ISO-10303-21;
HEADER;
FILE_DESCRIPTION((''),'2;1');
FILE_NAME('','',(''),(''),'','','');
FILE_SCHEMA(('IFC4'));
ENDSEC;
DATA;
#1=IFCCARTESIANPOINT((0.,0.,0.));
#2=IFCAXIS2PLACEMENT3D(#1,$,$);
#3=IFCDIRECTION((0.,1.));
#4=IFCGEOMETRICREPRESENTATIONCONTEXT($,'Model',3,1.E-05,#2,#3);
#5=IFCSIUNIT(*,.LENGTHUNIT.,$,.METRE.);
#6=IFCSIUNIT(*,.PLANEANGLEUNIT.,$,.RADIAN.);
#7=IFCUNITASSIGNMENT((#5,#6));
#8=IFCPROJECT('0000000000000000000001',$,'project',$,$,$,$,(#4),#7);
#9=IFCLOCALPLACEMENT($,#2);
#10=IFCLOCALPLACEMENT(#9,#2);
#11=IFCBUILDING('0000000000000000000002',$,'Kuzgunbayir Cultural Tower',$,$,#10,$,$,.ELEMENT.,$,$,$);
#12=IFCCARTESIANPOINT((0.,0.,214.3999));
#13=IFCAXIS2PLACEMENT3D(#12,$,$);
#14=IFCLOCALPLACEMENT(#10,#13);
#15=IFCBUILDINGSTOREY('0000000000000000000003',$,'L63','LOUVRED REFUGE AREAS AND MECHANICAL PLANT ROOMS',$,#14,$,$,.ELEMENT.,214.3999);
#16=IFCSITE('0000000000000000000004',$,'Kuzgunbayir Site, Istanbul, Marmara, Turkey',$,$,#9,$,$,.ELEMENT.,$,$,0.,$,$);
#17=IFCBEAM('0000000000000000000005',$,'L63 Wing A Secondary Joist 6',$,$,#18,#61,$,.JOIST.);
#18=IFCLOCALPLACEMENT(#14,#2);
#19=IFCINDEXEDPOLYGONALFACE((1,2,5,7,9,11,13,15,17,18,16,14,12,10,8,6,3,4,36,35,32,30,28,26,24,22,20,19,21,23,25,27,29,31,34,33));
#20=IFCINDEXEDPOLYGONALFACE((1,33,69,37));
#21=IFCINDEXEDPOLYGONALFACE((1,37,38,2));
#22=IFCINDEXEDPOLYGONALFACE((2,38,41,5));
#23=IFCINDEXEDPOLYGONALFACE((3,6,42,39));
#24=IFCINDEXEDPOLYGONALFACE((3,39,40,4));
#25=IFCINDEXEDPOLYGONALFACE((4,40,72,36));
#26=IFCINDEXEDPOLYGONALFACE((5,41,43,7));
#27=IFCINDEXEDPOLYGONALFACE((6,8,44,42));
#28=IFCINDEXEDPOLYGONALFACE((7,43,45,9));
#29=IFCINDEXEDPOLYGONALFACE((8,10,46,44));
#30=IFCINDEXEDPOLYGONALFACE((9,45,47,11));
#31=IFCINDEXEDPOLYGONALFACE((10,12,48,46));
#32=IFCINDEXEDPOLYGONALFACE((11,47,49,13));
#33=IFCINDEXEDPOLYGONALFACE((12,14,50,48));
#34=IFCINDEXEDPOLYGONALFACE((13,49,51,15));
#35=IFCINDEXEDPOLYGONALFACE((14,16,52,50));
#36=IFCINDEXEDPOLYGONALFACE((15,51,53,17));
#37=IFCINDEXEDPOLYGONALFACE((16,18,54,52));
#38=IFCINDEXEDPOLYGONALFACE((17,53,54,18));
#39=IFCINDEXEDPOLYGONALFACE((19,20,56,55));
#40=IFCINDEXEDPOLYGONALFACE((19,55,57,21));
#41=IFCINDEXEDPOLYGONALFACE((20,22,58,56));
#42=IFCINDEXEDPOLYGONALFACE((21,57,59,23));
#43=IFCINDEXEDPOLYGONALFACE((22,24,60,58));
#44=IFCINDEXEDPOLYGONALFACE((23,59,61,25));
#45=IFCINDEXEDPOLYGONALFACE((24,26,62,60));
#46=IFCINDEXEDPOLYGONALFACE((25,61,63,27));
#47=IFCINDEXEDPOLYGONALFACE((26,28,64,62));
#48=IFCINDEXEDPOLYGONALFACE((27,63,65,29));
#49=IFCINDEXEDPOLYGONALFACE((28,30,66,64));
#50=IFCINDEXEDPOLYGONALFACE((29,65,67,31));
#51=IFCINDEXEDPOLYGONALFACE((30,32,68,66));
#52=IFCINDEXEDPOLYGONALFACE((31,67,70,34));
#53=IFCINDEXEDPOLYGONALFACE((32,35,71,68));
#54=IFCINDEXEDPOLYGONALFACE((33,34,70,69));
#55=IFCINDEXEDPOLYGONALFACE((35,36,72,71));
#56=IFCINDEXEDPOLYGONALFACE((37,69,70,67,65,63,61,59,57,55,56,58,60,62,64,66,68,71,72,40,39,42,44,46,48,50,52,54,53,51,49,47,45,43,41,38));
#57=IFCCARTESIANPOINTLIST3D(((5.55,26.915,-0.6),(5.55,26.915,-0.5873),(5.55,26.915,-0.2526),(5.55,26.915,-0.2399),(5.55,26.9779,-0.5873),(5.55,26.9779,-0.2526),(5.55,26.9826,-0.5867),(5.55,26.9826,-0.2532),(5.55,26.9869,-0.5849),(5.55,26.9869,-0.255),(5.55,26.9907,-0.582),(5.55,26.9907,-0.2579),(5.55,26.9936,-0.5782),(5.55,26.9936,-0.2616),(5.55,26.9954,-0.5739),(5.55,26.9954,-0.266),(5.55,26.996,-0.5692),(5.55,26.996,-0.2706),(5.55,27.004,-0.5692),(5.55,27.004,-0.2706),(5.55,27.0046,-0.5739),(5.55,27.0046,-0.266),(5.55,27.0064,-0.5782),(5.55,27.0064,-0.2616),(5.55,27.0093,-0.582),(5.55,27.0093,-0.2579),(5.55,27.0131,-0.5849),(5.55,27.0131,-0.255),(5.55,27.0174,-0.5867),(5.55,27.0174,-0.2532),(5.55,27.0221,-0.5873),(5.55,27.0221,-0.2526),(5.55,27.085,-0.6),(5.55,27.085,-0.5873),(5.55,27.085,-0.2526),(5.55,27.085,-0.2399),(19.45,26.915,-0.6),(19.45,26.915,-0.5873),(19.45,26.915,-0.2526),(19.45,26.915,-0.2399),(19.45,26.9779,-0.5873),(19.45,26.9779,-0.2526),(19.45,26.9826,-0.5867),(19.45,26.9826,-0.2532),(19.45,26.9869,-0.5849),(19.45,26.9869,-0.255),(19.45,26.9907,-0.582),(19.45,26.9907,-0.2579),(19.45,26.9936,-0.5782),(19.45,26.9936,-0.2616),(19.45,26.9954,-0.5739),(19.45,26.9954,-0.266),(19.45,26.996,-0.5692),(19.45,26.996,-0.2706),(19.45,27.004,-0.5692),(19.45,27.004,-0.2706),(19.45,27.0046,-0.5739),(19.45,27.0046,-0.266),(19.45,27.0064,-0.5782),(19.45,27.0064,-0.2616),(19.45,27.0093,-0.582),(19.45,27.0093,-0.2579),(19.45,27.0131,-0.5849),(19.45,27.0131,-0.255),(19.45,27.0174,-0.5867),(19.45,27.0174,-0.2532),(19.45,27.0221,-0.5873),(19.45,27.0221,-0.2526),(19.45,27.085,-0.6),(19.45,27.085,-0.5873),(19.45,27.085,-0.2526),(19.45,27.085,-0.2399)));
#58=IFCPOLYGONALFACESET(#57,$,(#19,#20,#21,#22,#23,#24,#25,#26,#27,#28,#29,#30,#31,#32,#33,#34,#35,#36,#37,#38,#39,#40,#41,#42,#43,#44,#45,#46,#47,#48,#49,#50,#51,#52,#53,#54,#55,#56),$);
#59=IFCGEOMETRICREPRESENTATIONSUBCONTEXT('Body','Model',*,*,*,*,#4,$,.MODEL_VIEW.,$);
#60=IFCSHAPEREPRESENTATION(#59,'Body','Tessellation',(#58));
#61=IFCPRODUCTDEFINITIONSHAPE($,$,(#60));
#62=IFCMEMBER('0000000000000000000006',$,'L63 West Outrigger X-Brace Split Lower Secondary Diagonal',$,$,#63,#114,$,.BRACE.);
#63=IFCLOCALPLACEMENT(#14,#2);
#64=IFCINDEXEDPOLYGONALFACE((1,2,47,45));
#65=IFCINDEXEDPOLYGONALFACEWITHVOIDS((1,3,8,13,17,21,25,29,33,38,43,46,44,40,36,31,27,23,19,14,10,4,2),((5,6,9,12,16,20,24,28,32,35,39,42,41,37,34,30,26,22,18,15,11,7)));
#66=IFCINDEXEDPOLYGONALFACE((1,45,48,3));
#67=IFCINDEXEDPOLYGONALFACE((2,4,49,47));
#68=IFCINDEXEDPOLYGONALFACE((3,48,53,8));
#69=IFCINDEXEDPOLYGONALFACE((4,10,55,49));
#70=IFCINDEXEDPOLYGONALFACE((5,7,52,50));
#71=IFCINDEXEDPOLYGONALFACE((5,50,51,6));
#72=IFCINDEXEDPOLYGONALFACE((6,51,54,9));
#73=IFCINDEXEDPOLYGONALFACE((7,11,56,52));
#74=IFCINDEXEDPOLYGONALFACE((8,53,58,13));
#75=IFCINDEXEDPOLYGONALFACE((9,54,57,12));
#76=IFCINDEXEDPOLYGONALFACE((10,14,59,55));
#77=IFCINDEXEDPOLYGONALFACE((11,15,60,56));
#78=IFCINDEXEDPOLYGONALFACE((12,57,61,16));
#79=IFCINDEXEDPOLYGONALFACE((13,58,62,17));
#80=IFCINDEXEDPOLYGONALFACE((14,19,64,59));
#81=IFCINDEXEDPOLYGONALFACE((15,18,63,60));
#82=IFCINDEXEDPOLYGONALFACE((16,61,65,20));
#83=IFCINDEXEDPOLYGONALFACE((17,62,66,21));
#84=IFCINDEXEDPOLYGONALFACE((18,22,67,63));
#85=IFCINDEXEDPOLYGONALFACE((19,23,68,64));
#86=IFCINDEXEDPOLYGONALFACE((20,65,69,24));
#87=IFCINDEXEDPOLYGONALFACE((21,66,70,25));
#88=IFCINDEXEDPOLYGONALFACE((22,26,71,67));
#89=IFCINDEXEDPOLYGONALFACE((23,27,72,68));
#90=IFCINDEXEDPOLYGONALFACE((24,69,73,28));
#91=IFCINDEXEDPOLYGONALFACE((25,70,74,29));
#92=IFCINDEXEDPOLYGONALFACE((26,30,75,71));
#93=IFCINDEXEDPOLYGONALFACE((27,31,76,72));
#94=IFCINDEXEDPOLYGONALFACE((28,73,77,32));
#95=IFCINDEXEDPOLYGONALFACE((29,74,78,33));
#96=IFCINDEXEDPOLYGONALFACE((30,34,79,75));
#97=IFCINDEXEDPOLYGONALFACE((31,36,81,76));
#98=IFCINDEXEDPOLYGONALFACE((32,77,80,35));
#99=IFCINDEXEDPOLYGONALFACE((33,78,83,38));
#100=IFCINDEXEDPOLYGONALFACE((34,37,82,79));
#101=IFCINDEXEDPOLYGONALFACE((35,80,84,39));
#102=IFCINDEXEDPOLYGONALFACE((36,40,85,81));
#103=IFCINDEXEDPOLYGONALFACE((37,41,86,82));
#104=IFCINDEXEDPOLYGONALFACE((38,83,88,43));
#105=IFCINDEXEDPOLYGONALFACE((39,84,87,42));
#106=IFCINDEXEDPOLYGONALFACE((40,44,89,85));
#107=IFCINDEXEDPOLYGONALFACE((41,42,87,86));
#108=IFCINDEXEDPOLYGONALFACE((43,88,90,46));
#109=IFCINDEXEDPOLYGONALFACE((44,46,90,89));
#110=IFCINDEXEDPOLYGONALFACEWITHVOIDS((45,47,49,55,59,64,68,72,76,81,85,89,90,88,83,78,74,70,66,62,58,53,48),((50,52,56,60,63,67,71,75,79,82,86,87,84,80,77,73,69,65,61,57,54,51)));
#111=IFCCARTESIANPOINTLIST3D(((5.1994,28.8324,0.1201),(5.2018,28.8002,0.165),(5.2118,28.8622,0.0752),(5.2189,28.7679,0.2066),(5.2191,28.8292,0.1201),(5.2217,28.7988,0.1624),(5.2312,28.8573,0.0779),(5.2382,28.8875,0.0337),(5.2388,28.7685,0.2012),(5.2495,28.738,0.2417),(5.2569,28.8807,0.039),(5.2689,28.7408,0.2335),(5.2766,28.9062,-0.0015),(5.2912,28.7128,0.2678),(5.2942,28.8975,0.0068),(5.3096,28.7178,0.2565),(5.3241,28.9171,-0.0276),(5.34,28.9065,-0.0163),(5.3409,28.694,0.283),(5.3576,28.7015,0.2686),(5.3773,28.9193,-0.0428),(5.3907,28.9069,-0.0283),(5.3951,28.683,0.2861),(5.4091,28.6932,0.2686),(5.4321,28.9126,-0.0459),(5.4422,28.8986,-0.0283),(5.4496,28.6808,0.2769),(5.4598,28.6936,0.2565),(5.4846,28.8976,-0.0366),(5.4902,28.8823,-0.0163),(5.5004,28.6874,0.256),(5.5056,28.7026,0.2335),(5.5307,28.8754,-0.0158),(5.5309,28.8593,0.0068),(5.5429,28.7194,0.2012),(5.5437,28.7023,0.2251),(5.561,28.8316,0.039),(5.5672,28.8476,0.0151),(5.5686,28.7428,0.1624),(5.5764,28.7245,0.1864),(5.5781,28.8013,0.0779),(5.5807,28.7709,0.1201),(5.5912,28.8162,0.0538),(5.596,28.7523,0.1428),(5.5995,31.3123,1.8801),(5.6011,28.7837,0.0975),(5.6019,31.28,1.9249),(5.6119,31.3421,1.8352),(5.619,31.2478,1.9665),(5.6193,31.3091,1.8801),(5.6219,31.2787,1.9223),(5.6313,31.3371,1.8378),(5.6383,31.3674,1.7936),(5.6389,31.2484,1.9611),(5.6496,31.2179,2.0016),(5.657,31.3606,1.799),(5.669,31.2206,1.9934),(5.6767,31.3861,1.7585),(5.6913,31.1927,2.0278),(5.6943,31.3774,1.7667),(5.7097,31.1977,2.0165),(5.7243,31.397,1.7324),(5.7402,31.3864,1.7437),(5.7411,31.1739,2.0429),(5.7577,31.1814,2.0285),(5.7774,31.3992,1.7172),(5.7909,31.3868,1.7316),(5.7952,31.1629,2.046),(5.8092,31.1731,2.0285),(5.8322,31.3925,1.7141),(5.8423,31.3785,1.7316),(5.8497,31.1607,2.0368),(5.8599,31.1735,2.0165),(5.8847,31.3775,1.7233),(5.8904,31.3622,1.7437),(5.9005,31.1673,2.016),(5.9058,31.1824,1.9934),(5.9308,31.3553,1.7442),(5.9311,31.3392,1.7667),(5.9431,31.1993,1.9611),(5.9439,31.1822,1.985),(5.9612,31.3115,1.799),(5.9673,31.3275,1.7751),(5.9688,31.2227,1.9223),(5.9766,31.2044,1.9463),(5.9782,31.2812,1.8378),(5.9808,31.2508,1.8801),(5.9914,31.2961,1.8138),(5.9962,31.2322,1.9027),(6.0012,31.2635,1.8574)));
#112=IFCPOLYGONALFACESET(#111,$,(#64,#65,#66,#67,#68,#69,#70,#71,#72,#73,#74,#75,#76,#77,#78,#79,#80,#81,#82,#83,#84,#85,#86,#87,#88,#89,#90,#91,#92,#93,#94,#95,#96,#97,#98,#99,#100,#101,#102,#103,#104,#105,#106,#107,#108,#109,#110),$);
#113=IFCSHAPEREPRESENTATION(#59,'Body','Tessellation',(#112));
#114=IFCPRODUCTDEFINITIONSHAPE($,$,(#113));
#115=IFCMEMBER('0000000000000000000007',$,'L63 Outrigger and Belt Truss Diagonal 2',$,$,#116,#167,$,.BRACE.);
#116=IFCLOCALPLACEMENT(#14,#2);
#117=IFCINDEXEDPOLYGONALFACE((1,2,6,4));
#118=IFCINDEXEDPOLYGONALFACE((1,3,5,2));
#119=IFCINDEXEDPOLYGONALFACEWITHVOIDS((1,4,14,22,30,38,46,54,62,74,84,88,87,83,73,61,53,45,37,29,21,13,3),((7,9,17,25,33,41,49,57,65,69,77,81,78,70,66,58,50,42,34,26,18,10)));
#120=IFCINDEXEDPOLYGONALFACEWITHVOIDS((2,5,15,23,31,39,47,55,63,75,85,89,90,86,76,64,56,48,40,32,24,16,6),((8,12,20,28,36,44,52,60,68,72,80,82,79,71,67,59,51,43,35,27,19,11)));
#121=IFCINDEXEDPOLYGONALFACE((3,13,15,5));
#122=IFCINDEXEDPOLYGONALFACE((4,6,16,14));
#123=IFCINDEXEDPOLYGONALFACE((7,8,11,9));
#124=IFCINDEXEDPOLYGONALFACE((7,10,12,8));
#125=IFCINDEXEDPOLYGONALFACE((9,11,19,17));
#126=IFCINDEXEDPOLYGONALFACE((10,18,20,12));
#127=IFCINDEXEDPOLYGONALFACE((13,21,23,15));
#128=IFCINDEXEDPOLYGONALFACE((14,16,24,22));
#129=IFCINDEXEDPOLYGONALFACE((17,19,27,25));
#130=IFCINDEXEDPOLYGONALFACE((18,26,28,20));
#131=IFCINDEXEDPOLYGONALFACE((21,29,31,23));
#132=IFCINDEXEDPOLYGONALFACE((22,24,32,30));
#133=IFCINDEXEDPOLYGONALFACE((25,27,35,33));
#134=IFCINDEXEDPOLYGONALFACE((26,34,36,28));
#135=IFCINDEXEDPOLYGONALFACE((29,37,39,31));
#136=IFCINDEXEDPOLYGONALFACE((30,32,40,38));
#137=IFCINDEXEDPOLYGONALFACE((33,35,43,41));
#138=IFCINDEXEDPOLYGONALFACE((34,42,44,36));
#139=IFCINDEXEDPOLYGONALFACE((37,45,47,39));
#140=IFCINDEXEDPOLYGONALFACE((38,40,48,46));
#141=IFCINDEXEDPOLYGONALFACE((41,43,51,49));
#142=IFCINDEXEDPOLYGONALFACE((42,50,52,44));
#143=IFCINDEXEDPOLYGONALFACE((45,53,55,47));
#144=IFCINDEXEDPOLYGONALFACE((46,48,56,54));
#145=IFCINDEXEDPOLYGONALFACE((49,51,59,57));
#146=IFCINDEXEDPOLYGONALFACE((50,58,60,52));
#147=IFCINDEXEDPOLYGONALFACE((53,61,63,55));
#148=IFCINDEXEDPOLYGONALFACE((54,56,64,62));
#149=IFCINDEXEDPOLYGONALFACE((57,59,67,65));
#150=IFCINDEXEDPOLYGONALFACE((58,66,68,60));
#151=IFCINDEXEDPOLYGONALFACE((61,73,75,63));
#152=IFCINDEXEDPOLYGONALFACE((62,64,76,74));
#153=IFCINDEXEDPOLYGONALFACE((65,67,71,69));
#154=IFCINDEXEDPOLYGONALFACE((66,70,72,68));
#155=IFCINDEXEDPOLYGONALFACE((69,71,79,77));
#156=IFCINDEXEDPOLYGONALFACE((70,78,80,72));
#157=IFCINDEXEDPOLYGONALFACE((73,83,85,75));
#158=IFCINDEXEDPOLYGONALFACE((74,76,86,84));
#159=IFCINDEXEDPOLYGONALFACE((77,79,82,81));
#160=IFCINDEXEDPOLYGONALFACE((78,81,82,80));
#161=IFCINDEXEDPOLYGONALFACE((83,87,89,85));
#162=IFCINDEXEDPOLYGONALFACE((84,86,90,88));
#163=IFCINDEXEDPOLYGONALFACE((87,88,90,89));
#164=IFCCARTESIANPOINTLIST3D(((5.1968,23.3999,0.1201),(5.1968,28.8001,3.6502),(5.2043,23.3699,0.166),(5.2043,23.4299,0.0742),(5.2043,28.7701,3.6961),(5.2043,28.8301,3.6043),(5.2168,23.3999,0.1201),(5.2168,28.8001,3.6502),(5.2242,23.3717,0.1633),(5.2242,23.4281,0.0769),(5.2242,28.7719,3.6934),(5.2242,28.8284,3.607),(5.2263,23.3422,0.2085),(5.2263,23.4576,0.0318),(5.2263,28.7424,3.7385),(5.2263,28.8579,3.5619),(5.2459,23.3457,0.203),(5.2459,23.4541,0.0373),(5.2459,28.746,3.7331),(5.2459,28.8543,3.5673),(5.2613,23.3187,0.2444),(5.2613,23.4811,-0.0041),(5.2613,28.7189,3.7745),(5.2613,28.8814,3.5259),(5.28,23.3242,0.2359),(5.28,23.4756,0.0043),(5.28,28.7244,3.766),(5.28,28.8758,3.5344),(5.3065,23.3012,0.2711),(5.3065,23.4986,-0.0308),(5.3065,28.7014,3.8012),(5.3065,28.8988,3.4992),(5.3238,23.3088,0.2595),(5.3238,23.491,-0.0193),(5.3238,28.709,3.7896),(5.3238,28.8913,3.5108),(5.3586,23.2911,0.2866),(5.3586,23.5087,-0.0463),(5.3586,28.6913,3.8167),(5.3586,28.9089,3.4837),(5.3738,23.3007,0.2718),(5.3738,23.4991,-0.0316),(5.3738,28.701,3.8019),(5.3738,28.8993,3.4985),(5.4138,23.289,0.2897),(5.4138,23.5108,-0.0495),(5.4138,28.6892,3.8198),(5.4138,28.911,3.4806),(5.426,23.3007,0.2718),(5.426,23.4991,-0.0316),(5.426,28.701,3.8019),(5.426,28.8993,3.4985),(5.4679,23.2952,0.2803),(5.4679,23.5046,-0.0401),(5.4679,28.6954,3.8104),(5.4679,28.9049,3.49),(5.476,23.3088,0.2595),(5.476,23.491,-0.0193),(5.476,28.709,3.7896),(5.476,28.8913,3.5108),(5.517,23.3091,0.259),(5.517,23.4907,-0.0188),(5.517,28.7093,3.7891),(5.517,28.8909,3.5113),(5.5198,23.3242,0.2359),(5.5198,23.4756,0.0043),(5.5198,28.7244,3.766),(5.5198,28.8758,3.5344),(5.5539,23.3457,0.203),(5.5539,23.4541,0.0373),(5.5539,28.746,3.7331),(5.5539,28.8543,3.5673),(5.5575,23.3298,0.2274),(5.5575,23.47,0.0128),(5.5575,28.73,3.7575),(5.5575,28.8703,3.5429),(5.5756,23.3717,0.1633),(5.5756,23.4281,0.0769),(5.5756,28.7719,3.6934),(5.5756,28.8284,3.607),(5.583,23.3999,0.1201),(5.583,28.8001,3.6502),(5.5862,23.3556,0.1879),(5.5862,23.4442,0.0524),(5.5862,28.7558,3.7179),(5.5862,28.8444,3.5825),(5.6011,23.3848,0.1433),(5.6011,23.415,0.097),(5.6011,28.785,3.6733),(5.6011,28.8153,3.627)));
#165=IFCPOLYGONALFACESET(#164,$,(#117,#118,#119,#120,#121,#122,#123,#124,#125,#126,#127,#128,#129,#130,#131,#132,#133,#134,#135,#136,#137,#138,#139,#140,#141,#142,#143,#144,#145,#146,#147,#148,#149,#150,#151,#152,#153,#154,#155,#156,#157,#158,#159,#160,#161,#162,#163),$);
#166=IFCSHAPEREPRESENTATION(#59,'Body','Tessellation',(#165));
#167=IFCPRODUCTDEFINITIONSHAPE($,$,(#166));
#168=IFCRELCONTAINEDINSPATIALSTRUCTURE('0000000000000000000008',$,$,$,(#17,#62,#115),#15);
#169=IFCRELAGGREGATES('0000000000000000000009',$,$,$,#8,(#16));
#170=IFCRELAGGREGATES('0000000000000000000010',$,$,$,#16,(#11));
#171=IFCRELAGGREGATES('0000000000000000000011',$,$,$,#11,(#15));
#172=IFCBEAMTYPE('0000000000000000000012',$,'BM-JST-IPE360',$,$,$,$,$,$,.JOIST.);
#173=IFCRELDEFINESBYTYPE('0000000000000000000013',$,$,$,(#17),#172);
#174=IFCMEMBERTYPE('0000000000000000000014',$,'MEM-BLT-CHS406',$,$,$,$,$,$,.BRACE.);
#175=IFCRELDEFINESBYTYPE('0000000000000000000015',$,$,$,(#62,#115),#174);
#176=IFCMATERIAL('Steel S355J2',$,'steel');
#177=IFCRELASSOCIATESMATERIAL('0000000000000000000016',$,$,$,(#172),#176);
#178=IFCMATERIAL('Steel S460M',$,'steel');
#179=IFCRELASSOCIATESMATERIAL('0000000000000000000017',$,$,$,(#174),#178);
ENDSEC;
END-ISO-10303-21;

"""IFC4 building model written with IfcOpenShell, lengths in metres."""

from ifc_helpers import new_model, si_unit, direction, frame, origin, origin_2d, place, context, subcontext, project, spatial, hollow_circle, i_section, extrude, material, material_profile, profile_set, type_object, element, save


model = new_model("IFC4")

# Units and contexts
model_context = context("Model", 3, precision=1e-05, world=origin(), true_north=direction((0.0, 1.0)))
body_context = subcontext(model_context, "Body", "Model", "MODEL_VIEW")
ifc_project = project(units=[si_unit("LENGTHUNIT", "METRE"), si_unit("PLANEANGLEUNIT", "RADIAN")], contexts=[model_context])

# Site, building, storey
site_placement = place(None, origin())
site = spatial("IfcSite", under=ifc_project, at=site_placement, Name="Kuzgunbayir Site, Istanbul, Marmara, Turkey", CompositionType="ELEMENT", RefElevation=0.0)
building_placement = place(site_placement, origin())
building = spatial("IfcBuilding", under=site, at=building_placement, Name="Kuzgunbayir Cultural Tower", CompositionType="ELEMENT")
storey_placement = place(building_placement, frame((0.0, 0.0, 214.3999)))
storey = spatial("IfcBuildingStorey", under=building, at=storey_placement, Name="L63", Description="LOUVRED REFUGE AREAS AND MECHANICAL PLANT ROOMS", CompositionType="ELEMENT", Elevation=214.3999)

# Beam
ifc_material_1 = material(Name="Steel S355J2", Category="steel")
ifc_material_profile_1 = material_profile(ifc_material_1, i_section(OverallWidth=0.1699, OverallDepth=0.3601, WebThickness=0.0081, FlangeThickness=0.0127, FilletRadius=0.0181, at=origin_2d()), Name="IPE 360")
ifc_profile_set_1 = profile_set([ifc_material_profile_1], Name="Steel S355J2")
beam_type_1 = type_object("IfcBeamType", Name="BM-JST-IPE360", PredefinedType="JOIST", material=ifc_profile_set_1)
for number, where, z_axis, x_axis, name in (
    (1, (5.55, 27.0, -0.4199), (1.0, 0.0, 0.0), (0.0, 1.0, 0.0), "L63 Wing A Secondary Joist 6"),
):
    element("IfcBeam", number, at=place(storey_placement, frame(where, z_axis=z_axis, x_axis=x_axis)), inside=storey, type_object=beam_type_1, Name=name, PredefinedType="JOIST", context=body_context, shape_type="SweptSolid", body=[
        extrude(i_section(OverallWidth=0.1699, OverallDepth=0.3601, WebThickness=0.0081, FlangeThickness=0.0127, FilletRadius=0.0181, at=origin_2d()), origin(), (0.0, 0.0, 1.0), 13.8999),
    ])

# Members
ifc_material_2 = material(Name="Steel S460M", Category="steel")
ifc_material_profile_2 = material_profile(ifc_material_2, hollow_circle(Radius=0.2031, WallThickness=0.02, at=origin_2d()), Name="CHS 406.4x20")
ifc_profile_set_2 = profile_set([ifc_material_profile_2], Name="Steel S460M")
member_type_1 = type_object("IfcMemberType", Name="MEM-BLT-CHS406", PredefinedType="BRACE", material=ifc_profile_set_2)
member_1_placement = place(storey_placement, frame((5.3999, 28.8, 0.1201), z_axis=(0.130458, 0.808534, 0.573806), x_axis=(-0.987232, 0.15929, 0.0)))
element("IfcMember", 2, at=member_1_placement, inside=storey, type_object=member_type_1, Name="L63 West Outrigger X-Brace Split Lower Secondary Diagonal", PredefinedType="BRACE", context=body_context, shape_type="SweptSolid", body=[
    extrude(hollow_circle(Radius=0.2031, WallThickness=0.02, at=origin_2d()), origin(), (0.0, 0.0, 1.0), 3.0671),
])
member_2_placement = place(storey_placement, frame((5.3999, 23.3999, 0.1201), z_axis=(0.0, 0.837029, 0.547159), x_axis=(-1.0, 0.0, 0.0)))
element("IfcMember", 3, at=member_2_placement, inside=storey, type_object=member_type_1, Name="L63 Outrigger and Belt Truss Diagonal 2", PredefinedType="BRACE", context=body_context, shape_type="SweptSolid", body=[
    extrude(hollow_circle(Radius=0.2031, WallThickness=0.02, at=origin_2d()), origin(), (0.0, 0.0, 1.0), 6.4517),
])

save(model, "model.ifc")
